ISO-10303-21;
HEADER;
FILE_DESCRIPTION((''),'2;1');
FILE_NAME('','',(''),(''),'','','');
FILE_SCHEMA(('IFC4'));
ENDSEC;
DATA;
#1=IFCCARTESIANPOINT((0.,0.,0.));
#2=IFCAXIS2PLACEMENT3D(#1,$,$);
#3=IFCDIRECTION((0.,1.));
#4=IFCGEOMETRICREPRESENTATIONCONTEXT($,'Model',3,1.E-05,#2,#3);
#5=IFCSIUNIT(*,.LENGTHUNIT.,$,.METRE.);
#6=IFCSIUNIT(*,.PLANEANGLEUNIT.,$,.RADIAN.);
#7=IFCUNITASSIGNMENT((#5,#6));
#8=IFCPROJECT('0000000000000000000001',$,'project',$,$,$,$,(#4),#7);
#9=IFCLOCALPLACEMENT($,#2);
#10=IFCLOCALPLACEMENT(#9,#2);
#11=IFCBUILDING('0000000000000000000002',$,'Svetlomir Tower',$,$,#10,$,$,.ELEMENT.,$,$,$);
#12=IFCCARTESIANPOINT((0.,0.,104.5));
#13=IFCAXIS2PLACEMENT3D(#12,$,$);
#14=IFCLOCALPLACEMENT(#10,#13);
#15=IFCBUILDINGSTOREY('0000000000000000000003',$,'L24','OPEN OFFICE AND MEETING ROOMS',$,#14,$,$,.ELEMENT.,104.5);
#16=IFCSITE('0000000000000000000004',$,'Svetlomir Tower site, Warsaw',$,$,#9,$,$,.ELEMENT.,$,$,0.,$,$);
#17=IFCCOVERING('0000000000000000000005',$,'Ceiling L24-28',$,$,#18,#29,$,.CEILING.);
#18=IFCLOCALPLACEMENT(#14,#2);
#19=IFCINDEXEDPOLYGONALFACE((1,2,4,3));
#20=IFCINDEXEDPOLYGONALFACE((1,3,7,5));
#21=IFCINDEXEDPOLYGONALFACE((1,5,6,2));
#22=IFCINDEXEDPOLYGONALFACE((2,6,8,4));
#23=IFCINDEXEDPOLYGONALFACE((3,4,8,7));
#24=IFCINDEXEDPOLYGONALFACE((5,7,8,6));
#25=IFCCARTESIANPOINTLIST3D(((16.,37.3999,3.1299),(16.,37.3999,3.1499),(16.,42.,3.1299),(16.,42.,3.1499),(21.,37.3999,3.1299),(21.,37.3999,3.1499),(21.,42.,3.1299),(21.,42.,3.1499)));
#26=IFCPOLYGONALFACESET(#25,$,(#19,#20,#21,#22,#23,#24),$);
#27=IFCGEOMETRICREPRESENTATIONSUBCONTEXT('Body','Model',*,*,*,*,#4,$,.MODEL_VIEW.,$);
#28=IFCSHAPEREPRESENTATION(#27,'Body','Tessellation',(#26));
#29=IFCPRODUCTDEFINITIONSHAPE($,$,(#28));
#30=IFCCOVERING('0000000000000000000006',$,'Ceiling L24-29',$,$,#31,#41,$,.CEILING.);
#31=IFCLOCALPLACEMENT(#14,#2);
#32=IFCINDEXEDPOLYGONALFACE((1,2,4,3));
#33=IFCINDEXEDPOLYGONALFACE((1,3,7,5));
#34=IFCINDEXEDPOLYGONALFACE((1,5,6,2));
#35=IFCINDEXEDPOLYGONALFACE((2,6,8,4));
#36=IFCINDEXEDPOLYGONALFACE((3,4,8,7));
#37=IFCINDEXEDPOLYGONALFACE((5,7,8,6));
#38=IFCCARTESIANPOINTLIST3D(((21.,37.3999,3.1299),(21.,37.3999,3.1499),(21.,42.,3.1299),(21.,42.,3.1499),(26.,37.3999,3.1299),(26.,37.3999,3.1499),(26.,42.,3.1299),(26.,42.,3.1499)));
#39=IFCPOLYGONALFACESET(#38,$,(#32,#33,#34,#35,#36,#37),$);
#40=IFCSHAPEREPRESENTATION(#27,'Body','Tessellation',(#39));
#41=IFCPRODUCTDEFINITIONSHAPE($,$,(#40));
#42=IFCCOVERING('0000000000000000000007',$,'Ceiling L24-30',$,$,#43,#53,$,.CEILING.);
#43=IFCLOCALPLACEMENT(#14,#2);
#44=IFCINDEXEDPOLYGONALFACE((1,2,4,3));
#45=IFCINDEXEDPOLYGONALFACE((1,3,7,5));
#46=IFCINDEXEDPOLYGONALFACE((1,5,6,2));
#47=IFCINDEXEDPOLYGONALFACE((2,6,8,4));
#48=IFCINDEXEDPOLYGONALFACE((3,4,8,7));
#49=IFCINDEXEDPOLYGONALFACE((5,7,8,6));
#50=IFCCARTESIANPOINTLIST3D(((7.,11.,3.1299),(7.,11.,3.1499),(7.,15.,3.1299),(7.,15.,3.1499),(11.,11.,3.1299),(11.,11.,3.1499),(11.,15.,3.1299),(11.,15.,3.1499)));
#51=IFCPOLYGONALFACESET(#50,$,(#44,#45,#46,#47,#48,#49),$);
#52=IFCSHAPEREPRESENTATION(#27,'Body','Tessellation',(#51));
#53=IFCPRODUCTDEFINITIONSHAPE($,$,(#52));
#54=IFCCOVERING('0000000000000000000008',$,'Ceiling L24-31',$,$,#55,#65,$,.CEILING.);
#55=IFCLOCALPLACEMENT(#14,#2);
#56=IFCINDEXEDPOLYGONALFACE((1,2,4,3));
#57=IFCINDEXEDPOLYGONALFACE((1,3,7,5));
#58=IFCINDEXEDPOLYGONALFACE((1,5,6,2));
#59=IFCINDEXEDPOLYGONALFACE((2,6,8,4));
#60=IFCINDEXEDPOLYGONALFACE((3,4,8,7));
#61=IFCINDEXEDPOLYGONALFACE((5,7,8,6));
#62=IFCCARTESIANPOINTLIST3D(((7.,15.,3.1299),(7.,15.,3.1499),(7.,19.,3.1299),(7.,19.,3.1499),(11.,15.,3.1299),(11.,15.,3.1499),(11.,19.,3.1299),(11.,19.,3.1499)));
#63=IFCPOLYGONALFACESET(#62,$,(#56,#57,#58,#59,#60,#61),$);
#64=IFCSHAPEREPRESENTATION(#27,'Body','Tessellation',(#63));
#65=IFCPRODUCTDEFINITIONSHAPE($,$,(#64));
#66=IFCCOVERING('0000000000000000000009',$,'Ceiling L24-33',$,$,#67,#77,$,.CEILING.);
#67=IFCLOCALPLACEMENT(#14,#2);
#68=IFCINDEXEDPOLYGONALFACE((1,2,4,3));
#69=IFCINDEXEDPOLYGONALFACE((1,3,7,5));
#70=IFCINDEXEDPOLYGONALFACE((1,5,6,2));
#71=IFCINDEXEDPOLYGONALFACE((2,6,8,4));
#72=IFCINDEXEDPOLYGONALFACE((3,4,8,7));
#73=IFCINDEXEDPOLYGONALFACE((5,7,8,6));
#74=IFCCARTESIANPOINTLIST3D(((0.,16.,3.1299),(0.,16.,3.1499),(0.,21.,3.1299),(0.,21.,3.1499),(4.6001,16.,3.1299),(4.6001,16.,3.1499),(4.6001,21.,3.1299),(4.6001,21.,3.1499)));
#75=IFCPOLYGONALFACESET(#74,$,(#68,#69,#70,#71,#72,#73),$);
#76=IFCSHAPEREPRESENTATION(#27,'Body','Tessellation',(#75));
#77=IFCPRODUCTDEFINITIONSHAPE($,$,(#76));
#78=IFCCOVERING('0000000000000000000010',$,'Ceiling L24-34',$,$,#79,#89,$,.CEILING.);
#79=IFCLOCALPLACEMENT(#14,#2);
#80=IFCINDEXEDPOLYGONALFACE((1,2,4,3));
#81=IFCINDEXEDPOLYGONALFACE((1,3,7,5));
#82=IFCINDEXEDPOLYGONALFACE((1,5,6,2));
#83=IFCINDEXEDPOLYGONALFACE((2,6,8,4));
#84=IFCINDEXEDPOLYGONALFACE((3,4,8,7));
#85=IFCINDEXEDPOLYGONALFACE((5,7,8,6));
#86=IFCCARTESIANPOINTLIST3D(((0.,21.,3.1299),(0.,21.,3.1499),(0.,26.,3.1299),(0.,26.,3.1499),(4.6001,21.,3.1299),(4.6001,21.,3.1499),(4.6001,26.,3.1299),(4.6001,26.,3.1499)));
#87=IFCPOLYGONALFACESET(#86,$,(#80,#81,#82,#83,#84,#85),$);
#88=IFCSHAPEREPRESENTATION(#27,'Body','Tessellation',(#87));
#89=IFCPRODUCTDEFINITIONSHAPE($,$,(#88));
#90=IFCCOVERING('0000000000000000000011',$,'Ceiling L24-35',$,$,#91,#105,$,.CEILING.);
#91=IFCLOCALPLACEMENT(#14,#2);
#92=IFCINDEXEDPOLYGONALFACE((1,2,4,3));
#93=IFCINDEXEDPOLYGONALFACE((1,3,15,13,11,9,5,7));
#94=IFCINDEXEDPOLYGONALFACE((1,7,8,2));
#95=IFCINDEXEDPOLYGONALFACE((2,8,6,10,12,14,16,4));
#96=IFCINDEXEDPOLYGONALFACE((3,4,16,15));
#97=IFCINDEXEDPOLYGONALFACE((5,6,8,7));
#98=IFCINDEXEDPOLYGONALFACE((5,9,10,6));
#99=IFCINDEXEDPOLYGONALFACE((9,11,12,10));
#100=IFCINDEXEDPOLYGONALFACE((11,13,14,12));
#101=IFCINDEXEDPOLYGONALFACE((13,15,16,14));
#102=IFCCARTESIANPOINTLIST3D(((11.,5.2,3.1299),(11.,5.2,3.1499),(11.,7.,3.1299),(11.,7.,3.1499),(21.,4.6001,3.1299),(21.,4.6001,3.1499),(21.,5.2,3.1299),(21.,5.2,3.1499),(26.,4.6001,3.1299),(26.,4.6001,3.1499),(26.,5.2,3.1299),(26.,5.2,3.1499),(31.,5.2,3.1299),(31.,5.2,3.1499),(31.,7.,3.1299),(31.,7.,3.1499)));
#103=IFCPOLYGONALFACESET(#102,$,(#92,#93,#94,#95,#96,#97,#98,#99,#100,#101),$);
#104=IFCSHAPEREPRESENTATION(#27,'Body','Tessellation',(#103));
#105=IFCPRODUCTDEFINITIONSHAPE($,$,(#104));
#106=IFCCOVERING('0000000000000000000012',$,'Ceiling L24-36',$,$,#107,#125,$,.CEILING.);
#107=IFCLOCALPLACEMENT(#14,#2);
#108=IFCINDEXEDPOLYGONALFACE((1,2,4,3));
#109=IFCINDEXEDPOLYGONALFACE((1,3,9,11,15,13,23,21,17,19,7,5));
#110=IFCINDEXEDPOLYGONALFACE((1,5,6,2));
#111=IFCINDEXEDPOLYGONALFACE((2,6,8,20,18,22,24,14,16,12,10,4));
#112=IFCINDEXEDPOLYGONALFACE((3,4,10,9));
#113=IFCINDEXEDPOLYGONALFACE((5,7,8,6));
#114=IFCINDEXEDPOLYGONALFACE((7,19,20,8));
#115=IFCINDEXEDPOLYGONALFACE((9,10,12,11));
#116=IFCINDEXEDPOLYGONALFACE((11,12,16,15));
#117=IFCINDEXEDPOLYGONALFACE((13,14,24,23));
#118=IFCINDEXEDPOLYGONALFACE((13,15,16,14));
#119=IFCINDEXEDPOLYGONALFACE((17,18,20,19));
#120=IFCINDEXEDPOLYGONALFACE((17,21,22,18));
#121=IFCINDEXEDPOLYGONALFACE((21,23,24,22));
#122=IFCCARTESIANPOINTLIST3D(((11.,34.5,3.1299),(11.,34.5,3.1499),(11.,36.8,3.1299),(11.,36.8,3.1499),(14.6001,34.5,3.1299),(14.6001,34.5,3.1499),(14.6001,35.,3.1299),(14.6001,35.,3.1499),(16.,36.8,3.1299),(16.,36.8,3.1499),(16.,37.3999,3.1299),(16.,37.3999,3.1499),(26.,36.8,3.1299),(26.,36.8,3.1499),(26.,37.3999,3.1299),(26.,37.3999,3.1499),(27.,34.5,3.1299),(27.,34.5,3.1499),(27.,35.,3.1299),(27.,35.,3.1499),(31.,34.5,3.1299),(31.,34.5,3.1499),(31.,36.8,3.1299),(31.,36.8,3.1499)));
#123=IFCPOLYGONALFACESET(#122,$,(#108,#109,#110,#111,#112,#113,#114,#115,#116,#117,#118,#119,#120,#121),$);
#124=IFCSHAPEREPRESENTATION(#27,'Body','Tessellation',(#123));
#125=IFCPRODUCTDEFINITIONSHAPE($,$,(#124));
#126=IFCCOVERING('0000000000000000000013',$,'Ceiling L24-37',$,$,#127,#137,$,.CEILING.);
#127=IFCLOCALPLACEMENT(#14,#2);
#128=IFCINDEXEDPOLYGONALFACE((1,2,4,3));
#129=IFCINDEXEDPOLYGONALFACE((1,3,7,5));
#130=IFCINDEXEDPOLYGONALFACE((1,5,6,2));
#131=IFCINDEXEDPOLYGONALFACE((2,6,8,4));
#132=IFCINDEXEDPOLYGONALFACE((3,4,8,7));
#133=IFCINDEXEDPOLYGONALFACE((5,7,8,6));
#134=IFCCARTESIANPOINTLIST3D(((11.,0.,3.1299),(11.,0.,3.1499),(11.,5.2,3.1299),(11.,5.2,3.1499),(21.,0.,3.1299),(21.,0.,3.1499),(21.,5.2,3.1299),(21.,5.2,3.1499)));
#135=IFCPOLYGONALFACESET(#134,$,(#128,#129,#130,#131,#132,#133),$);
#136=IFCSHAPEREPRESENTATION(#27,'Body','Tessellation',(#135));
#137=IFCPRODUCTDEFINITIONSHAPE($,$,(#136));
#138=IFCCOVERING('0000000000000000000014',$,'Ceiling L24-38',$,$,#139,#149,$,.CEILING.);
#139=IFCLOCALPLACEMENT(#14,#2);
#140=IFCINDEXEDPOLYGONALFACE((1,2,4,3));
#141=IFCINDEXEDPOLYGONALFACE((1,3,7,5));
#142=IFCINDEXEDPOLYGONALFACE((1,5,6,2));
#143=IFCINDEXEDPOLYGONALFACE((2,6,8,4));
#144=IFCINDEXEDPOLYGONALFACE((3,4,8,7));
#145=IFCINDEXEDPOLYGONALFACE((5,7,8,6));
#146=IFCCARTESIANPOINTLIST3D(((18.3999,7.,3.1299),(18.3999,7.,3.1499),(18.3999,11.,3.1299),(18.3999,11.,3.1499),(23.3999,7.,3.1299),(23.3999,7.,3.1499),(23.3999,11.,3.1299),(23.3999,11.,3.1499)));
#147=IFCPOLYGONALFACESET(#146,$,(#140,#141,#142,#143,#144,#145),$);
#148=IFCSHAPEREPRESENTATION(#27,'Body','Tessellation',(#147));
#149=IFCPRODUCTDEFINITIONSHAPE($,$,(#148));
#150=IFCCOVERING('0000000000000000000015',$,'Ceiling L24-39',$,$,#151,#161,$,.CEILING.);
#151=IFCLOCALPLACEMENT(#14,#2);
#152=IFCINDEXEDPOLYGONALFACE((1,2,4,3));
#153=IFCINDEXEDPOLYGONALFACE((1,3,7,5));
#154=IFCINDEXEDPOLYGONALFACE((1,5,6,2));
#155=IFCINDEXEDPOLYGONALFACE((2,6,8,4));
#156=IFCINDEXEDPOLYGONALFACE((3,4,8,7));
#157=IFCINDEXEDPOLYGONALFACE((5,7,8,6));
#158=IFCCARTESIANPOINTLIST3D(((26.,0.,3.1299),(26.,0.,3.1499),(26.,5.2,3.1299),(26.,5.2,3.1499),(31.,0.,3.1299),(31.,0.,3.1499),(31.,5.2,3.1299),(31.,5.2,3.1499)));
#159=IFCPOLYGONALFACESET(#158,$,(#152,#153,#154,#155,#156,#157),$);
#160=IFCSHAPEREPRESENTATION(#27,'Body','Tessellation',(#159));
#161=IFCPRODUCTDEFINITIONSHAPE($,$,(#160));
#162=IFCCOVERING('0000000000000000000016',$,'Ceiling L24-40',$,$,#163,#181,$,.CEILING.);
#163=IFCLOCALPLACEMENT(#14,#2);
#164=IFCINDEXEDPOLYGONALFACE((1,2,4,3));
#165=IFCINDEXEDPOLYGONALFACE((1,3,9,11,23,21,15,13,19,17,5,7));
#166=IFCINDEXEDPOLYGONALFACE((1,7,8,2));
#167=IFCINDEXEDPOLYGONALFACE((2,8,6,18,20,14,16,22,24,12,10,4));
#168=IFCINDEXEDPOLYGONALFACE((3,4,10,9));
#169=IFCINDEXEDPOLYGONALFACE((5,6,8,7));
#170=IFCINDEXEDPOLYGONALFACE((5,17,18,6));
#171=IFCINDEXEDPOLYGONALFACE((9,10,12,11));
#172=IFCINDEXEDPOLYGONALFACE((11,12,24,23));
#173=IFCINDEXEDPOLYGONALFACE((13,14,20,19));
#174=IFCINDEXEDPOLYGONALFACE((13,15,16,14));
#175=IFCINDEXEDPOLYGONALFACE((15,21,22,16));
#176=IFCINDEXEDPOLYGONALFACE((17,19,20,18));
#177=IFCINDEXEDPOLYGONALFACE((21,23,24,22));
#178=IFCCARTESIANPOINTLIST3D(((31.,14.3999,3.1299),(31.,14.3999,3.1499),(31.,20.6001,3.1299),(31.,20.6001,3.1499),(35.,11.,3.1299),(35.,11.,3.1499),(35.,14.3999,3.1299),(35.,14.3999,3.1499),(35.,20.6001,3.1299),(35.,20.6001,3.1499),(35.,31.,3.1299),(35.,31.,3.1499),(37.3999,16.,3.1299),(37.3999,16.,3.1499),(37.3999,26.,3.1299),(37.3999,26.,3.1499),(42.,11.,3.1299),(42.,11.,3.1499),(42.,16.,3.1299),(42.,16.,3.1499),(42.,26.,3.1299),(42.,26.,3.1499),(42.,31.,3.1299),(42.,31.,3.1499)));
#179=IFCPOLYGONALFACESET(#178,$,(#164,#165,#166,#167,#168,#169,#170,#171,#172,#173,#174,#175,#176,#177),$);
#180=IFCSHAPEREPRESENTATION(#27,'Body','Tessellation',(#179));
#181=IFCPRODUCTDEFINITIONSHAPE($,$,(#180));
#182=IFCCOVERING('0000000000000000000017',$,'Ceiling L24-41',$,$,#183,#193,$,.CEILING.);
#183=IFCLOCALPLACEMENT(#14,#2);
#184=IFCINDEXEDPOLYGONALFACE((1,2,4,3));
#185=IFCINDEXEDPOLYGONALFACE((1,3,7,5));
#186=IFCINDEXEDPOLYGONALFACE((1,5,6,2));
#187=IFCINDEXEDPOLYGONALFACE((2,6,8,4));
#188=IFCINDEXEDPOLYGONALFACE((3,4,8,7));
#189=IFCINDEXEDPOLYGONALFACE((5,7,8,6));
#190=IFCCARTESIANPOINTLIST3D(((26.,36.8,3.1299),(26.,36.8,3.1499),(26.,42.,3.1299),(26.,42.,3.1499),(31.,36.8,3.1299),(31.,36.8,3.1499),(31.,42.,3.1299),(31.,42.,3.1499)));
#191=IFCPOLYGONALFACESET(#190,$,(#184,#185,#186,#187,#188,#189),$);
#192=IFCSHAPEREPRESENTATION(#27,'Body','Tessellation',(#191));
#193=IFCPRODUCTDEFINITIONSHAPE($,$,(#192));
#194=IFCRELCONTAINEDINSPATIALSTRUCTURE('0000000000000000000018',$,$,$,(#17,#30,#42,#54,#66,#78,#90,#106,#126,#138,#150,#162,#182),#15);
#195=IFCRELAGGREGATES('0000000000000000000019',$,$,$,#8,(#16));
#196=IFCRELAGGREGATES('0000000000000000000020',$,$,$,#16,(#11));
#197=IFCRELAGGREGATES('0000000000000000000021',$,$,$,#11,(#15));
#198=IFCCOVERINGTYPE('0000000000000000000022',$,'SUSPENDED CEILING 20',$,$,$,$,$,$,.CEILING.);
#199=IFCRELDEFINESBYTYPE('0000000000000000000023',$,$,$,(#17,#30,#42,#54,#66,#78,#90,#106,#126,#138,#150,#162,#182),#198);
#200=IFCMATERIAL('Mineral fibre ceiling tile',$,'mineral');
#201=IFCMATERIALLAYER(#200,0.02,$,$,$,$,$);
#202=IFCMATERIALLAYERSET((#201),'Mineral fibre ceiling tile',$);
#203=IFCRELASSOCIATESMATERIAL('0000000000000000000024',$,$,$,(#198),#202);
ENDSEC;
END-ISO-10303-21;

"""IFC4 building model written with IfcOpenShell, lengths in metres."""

from ifc_helpers import new_model, si_unit, direction, frame, origin, place, context, subcontext, project, spatial, polyline, outline, extrude, material, layer, layer_set, type_object, element, save


model = new_model("IFC4")

# Units and contexts
model_context = context("Model", 3, precision=1e-05, world=origin(), true_north=direction((0.0, 1.0)))
body_context = subcontext(model_context, "Body", "Model", "MODEL_VIEW")
ifc_project = project(units=[si_unit("LENGTHUNIT", "METRE"), si_unit("PLANEANGLEUNIT", "RADIAN")], contexts=[model_context])

# Site, building, storey
site_placement = place(None, origin())
site = spatial("IfcSite", under=ifc_project, at=site_placement, Name="Svetlomir Tower site, Warsaw", CompositionType="ELEMENT", RefElevation=0.0)
building_placement = place(site_placement, origin())
building = spatial("IfcBuilding", under=site, at=building_placement, Name="Svetlomir Tower", CompositionType="ELEMENT")
storey_placement = place(building_placement, frame((0.0, 0.0, 104.5)))
storey = spatial("IfcBuildingStorey", under=building, at=storey_placement, Name="L24", Description="OPEN OFFICE AND MEETING ROOMS", CompositionType="ELEMENT", Elevation=104.5)

# Coverings
ifc_material_1 = material(Name="Mineral fibre ceiling tile", Category="mineral")
ifc_layer_1 = layer(ifc_material_1, 0.02)
ifc_layer_set_1 = layer_set([ifc_layer_1], Name="Mineral fibre ceiling tile")
covering_type_1 = type_object("IfcCoveringType", Name="SUSPENDED CEILING 20", PredefinedType="CEILING", material=ifc_layer_set_1)
covering_1_placement = place(storey_placement, frame((0.0, 0.0, 3.1299)))
element("IfcCovering", 1, at=covering_1_placement, inside=storey, type_object=covering_type_1, Name="Ceiling L24-28", PredefinedType="CEILING", context=body_context, shape_type="SweptSolid", body=[
    extrude(outline(polyline([(16.0, 37.3999), (21.0, 37.3999), (21.0, 42.0), (16.0, 42.0), (16.0, 37.3999)])), origin(), (0.0, 0.0, 1.0), 0.02),
])
covering_2_placement = place(storey_placement, frame((0.0, 0.0, 3.1299)))
element("IfcCovering", 2, at=covering_2_placement, inside=storey, type_object=covering_type_1, Name="Ceiling L24-29", PredefinedType="CEILING", context=body_context, shape_type="SweptSolid", body=[
    extrude(outline(polyline([(21.0, 37.3999), (26.0, 37.3999), (26.0, 42.0), (21.0, 42.0), (21.0, 37.3999)])), origin(), (0.0, 0.0, 1.0), 0.02),
])
covering_3_placement = place(storey_placement, frame((0.0, 0.0, 3.1299)))
element("IfcCovering", 3, at=covering_3_placement, inside=storey, type_object=covering_type_1, Name="Ceiling L24-30", PredefinedType="CEILING", context=body_context, shape_type="SweptSolid", body=[
    extrude(outline(polyline([(7.0, 11.0), (11.0, 11.0), (11.0, 15.0), (7.0, 15.0), (7.0, 11.0)])), origin(), (0.0, 0.0, 1.0), 0.02),
])
covering_4_placement = place(storey_placement, frame((0.0, 0.0, 3.1299)))
element("IfcCovering", 4, at=covering_4_placement, inside=storey, type_object=covering_type_1, Name="Ceiling L24-31", PredefinedType="CEILING", context=body_context, shape_type="SweptSolid", body=[
    extrude(outline(polyline([(7.0, 15.0), (11.0, 15.0), (11.0, 19.0), (7.0, 19.0), (7.0, 15.0)])), origin(), (0.0, 0.0, 1.0), 0.02),
])
covering_5_placement = place(storey_placement, frame((0.0, 0.0, 3.1299)))
element("IfcCovering", 5, at=covering_5_placement, inside=storey, type_object=covering_type_1, Name="Ceiling L24-33", PredefinedType="CEILING", context=body_context, shape_type="SweptSolid", body=[
    extrude(outline(polyline([(0.0, 16.0), (4.6001, 16.0), (4.6001, 21.0), (0.0, 21.0), (0.0, 16.0)])), origin(), (0.0, 0.0, 1.0), 0.02),
])
covering_6_placement = place(storey_placement, frame((0.0, 0.0, 3.1299)))
element("IfcCovering", 6, at=covering_6_placement, inside=storey, type_object=covering_type_1, Name="Ceiling L24-34", PredefinedType="CEILING", context=body_context, shape_type="SweptSolid", body=[
    extrude(outline(polyline([(0.0, 21.0), (4.6001, 21.0), (4.6001, 26.0), (0.0, 26.0), (0.0, 21.0)])), origin(), (0.0, 0.0, 1.0), 0.02),
])
covering_7_placement = place(storey_placement, frame((0.0, 0.0, 3.1299)))
element("IfcCovering", 7, at=covering_7_placement, inside=storey, type_object=covering_type_1, Name="Ceiling L24-35", PredefinedType="CEILING", context=body_context, shape_type="SweptSolid", body=[
    extrude(outline(polyline([(21.0, 4.6001), (21.0, 5.2), (11.0, 5.2), (11.0, 7.0), (31.0, 7.0), (31.0, 5.2), (26.0, 5.2), (26.0, 4.6001), (21.0, 4.6001)])), origin(), (0.0, 0.0, 1.0), 0.02),
])
covering_8_placement = place(storey_placement, frame((0.0, 0.0, 3.1299)))
element("IfcCovering", 8, at=covering_8_placement, inside=storey, type_object=covering_type_1, Name="Ceiling L24-36", PredefinedType="CEILING", context=body_context, shape_type="SweptSolid", body=[
    extrude(outline(polyline([(14.6001, 34.5), (11.0, 34.5), (11.0, 36.8), (16.0, 36.8), (16.0, 37.3999), (26.0, 37.3999), (26.0, 36.8), (31.0, 36.8), (31.0, 34.5), (27.0, 34.5), (27.0, 35.0), (14.6001, 35.0), (14.6001, 34.5)])), origin(), (0.0, 0.0, 1.0), 0.02),
])
covering_9_placement = place(storey_placement, frame((0.0, 0.0, 3.1299)))
element("IfcCovering", 9, at=covering_9_placement, inside=storey, type_object=covering_type_1, Name="Ceiling L24-37", PredefinedType="CEILING", context=body_context, shape_type="SweptSolid", body=[
    extrude(outline(polyline([(21.0, 5.2), (21.0, 0.0), (11.0, 0.0), (11.0, 5.2), (21.0, 5.2)])), origin(), (0.0, 0.0, 1.0), 0.02),
])
covering_10_placement = place(storey_placement, frame((0.0, 0.0, 3.1299)))
element("IfcCovering", 10, at=covering_10_placement, inside=storey, type_object=covering_type_1, Name="Ceiling L24-38", PredefinedType="CEILING", context=body_context, shape_type="SweptSolid", body=[
    extrude(outline(polyline([(23.3999, 11.0), (23.3999, 7.0), (18.3999, 7.0), (18.3999, 11.0), (23.3999, 11.0)])), origin(), (0.0, 0.0, 1.0), 0.02),
])
covering_11_placement = place(storey_placement, frame((0.0, 0.0, 3.1299)))
element("IfcCovering", 11, at=covering_11_placement, inside=storey, type_object=covering_type_1, Name="Ceiling L24-39", PredefinedType="CEILING", context=body_context, shape_type="SweptSolid", body=[
    extrude(outline(polyline([(26.0, 0.0), (26.0, 5.2), (31.0, 5.2), (31.0, 0.0), (26.0, 0.0)])), origin(), (0.0, 0.0, 1.0), 0.02),
])
covering_12_placement = place(storey_placement, frame((0.0, 0.0, 3.1299)))
element("IfcCovering", 12, at=covering_12_placement, inside=storey, type_object=covering_type_1, Name="Ceiling L24-40", PredefinedType="CEILING", context=body_context, shape_type="SweptSolid", body=[
    extrude(outline(polyline([(35.0, 14.3999), (31.0, 14.3999), (31.0, 20.6001), (35.0, 20.6001), (35.0, 31.0), (42.0, 31.0), (42.0, 26.0), (37.3999, 26.0), (37.3999, 16.0), (42.0, 16.0), (42.0, 11.0), (35.0, 11.0), (35.0, 14.3999)])), origin(), (0.0, 0.0, 1.0), 0.02),
])
covering_13_placement = place(storey_placement, frame((0.0, 0.0, 3.1299)))
element("IfcCovering", 13, at=covering_13_placement, inside=storey, type_object=covering_type_1, Name="Ceiling L24-41", PredefinedType="CEILING", context=body_context, shape_type="SweptSolid", body=[
    extrude(outline(polyline([(26.0, 36.8), (26.0, 42.0), (31.0, 42.0), (31.0, 36.8), (26.0, 36.8)])), origin(), (0.0, 0.0, 1.0), 0.02),
])

save(model, "model.ifc")
